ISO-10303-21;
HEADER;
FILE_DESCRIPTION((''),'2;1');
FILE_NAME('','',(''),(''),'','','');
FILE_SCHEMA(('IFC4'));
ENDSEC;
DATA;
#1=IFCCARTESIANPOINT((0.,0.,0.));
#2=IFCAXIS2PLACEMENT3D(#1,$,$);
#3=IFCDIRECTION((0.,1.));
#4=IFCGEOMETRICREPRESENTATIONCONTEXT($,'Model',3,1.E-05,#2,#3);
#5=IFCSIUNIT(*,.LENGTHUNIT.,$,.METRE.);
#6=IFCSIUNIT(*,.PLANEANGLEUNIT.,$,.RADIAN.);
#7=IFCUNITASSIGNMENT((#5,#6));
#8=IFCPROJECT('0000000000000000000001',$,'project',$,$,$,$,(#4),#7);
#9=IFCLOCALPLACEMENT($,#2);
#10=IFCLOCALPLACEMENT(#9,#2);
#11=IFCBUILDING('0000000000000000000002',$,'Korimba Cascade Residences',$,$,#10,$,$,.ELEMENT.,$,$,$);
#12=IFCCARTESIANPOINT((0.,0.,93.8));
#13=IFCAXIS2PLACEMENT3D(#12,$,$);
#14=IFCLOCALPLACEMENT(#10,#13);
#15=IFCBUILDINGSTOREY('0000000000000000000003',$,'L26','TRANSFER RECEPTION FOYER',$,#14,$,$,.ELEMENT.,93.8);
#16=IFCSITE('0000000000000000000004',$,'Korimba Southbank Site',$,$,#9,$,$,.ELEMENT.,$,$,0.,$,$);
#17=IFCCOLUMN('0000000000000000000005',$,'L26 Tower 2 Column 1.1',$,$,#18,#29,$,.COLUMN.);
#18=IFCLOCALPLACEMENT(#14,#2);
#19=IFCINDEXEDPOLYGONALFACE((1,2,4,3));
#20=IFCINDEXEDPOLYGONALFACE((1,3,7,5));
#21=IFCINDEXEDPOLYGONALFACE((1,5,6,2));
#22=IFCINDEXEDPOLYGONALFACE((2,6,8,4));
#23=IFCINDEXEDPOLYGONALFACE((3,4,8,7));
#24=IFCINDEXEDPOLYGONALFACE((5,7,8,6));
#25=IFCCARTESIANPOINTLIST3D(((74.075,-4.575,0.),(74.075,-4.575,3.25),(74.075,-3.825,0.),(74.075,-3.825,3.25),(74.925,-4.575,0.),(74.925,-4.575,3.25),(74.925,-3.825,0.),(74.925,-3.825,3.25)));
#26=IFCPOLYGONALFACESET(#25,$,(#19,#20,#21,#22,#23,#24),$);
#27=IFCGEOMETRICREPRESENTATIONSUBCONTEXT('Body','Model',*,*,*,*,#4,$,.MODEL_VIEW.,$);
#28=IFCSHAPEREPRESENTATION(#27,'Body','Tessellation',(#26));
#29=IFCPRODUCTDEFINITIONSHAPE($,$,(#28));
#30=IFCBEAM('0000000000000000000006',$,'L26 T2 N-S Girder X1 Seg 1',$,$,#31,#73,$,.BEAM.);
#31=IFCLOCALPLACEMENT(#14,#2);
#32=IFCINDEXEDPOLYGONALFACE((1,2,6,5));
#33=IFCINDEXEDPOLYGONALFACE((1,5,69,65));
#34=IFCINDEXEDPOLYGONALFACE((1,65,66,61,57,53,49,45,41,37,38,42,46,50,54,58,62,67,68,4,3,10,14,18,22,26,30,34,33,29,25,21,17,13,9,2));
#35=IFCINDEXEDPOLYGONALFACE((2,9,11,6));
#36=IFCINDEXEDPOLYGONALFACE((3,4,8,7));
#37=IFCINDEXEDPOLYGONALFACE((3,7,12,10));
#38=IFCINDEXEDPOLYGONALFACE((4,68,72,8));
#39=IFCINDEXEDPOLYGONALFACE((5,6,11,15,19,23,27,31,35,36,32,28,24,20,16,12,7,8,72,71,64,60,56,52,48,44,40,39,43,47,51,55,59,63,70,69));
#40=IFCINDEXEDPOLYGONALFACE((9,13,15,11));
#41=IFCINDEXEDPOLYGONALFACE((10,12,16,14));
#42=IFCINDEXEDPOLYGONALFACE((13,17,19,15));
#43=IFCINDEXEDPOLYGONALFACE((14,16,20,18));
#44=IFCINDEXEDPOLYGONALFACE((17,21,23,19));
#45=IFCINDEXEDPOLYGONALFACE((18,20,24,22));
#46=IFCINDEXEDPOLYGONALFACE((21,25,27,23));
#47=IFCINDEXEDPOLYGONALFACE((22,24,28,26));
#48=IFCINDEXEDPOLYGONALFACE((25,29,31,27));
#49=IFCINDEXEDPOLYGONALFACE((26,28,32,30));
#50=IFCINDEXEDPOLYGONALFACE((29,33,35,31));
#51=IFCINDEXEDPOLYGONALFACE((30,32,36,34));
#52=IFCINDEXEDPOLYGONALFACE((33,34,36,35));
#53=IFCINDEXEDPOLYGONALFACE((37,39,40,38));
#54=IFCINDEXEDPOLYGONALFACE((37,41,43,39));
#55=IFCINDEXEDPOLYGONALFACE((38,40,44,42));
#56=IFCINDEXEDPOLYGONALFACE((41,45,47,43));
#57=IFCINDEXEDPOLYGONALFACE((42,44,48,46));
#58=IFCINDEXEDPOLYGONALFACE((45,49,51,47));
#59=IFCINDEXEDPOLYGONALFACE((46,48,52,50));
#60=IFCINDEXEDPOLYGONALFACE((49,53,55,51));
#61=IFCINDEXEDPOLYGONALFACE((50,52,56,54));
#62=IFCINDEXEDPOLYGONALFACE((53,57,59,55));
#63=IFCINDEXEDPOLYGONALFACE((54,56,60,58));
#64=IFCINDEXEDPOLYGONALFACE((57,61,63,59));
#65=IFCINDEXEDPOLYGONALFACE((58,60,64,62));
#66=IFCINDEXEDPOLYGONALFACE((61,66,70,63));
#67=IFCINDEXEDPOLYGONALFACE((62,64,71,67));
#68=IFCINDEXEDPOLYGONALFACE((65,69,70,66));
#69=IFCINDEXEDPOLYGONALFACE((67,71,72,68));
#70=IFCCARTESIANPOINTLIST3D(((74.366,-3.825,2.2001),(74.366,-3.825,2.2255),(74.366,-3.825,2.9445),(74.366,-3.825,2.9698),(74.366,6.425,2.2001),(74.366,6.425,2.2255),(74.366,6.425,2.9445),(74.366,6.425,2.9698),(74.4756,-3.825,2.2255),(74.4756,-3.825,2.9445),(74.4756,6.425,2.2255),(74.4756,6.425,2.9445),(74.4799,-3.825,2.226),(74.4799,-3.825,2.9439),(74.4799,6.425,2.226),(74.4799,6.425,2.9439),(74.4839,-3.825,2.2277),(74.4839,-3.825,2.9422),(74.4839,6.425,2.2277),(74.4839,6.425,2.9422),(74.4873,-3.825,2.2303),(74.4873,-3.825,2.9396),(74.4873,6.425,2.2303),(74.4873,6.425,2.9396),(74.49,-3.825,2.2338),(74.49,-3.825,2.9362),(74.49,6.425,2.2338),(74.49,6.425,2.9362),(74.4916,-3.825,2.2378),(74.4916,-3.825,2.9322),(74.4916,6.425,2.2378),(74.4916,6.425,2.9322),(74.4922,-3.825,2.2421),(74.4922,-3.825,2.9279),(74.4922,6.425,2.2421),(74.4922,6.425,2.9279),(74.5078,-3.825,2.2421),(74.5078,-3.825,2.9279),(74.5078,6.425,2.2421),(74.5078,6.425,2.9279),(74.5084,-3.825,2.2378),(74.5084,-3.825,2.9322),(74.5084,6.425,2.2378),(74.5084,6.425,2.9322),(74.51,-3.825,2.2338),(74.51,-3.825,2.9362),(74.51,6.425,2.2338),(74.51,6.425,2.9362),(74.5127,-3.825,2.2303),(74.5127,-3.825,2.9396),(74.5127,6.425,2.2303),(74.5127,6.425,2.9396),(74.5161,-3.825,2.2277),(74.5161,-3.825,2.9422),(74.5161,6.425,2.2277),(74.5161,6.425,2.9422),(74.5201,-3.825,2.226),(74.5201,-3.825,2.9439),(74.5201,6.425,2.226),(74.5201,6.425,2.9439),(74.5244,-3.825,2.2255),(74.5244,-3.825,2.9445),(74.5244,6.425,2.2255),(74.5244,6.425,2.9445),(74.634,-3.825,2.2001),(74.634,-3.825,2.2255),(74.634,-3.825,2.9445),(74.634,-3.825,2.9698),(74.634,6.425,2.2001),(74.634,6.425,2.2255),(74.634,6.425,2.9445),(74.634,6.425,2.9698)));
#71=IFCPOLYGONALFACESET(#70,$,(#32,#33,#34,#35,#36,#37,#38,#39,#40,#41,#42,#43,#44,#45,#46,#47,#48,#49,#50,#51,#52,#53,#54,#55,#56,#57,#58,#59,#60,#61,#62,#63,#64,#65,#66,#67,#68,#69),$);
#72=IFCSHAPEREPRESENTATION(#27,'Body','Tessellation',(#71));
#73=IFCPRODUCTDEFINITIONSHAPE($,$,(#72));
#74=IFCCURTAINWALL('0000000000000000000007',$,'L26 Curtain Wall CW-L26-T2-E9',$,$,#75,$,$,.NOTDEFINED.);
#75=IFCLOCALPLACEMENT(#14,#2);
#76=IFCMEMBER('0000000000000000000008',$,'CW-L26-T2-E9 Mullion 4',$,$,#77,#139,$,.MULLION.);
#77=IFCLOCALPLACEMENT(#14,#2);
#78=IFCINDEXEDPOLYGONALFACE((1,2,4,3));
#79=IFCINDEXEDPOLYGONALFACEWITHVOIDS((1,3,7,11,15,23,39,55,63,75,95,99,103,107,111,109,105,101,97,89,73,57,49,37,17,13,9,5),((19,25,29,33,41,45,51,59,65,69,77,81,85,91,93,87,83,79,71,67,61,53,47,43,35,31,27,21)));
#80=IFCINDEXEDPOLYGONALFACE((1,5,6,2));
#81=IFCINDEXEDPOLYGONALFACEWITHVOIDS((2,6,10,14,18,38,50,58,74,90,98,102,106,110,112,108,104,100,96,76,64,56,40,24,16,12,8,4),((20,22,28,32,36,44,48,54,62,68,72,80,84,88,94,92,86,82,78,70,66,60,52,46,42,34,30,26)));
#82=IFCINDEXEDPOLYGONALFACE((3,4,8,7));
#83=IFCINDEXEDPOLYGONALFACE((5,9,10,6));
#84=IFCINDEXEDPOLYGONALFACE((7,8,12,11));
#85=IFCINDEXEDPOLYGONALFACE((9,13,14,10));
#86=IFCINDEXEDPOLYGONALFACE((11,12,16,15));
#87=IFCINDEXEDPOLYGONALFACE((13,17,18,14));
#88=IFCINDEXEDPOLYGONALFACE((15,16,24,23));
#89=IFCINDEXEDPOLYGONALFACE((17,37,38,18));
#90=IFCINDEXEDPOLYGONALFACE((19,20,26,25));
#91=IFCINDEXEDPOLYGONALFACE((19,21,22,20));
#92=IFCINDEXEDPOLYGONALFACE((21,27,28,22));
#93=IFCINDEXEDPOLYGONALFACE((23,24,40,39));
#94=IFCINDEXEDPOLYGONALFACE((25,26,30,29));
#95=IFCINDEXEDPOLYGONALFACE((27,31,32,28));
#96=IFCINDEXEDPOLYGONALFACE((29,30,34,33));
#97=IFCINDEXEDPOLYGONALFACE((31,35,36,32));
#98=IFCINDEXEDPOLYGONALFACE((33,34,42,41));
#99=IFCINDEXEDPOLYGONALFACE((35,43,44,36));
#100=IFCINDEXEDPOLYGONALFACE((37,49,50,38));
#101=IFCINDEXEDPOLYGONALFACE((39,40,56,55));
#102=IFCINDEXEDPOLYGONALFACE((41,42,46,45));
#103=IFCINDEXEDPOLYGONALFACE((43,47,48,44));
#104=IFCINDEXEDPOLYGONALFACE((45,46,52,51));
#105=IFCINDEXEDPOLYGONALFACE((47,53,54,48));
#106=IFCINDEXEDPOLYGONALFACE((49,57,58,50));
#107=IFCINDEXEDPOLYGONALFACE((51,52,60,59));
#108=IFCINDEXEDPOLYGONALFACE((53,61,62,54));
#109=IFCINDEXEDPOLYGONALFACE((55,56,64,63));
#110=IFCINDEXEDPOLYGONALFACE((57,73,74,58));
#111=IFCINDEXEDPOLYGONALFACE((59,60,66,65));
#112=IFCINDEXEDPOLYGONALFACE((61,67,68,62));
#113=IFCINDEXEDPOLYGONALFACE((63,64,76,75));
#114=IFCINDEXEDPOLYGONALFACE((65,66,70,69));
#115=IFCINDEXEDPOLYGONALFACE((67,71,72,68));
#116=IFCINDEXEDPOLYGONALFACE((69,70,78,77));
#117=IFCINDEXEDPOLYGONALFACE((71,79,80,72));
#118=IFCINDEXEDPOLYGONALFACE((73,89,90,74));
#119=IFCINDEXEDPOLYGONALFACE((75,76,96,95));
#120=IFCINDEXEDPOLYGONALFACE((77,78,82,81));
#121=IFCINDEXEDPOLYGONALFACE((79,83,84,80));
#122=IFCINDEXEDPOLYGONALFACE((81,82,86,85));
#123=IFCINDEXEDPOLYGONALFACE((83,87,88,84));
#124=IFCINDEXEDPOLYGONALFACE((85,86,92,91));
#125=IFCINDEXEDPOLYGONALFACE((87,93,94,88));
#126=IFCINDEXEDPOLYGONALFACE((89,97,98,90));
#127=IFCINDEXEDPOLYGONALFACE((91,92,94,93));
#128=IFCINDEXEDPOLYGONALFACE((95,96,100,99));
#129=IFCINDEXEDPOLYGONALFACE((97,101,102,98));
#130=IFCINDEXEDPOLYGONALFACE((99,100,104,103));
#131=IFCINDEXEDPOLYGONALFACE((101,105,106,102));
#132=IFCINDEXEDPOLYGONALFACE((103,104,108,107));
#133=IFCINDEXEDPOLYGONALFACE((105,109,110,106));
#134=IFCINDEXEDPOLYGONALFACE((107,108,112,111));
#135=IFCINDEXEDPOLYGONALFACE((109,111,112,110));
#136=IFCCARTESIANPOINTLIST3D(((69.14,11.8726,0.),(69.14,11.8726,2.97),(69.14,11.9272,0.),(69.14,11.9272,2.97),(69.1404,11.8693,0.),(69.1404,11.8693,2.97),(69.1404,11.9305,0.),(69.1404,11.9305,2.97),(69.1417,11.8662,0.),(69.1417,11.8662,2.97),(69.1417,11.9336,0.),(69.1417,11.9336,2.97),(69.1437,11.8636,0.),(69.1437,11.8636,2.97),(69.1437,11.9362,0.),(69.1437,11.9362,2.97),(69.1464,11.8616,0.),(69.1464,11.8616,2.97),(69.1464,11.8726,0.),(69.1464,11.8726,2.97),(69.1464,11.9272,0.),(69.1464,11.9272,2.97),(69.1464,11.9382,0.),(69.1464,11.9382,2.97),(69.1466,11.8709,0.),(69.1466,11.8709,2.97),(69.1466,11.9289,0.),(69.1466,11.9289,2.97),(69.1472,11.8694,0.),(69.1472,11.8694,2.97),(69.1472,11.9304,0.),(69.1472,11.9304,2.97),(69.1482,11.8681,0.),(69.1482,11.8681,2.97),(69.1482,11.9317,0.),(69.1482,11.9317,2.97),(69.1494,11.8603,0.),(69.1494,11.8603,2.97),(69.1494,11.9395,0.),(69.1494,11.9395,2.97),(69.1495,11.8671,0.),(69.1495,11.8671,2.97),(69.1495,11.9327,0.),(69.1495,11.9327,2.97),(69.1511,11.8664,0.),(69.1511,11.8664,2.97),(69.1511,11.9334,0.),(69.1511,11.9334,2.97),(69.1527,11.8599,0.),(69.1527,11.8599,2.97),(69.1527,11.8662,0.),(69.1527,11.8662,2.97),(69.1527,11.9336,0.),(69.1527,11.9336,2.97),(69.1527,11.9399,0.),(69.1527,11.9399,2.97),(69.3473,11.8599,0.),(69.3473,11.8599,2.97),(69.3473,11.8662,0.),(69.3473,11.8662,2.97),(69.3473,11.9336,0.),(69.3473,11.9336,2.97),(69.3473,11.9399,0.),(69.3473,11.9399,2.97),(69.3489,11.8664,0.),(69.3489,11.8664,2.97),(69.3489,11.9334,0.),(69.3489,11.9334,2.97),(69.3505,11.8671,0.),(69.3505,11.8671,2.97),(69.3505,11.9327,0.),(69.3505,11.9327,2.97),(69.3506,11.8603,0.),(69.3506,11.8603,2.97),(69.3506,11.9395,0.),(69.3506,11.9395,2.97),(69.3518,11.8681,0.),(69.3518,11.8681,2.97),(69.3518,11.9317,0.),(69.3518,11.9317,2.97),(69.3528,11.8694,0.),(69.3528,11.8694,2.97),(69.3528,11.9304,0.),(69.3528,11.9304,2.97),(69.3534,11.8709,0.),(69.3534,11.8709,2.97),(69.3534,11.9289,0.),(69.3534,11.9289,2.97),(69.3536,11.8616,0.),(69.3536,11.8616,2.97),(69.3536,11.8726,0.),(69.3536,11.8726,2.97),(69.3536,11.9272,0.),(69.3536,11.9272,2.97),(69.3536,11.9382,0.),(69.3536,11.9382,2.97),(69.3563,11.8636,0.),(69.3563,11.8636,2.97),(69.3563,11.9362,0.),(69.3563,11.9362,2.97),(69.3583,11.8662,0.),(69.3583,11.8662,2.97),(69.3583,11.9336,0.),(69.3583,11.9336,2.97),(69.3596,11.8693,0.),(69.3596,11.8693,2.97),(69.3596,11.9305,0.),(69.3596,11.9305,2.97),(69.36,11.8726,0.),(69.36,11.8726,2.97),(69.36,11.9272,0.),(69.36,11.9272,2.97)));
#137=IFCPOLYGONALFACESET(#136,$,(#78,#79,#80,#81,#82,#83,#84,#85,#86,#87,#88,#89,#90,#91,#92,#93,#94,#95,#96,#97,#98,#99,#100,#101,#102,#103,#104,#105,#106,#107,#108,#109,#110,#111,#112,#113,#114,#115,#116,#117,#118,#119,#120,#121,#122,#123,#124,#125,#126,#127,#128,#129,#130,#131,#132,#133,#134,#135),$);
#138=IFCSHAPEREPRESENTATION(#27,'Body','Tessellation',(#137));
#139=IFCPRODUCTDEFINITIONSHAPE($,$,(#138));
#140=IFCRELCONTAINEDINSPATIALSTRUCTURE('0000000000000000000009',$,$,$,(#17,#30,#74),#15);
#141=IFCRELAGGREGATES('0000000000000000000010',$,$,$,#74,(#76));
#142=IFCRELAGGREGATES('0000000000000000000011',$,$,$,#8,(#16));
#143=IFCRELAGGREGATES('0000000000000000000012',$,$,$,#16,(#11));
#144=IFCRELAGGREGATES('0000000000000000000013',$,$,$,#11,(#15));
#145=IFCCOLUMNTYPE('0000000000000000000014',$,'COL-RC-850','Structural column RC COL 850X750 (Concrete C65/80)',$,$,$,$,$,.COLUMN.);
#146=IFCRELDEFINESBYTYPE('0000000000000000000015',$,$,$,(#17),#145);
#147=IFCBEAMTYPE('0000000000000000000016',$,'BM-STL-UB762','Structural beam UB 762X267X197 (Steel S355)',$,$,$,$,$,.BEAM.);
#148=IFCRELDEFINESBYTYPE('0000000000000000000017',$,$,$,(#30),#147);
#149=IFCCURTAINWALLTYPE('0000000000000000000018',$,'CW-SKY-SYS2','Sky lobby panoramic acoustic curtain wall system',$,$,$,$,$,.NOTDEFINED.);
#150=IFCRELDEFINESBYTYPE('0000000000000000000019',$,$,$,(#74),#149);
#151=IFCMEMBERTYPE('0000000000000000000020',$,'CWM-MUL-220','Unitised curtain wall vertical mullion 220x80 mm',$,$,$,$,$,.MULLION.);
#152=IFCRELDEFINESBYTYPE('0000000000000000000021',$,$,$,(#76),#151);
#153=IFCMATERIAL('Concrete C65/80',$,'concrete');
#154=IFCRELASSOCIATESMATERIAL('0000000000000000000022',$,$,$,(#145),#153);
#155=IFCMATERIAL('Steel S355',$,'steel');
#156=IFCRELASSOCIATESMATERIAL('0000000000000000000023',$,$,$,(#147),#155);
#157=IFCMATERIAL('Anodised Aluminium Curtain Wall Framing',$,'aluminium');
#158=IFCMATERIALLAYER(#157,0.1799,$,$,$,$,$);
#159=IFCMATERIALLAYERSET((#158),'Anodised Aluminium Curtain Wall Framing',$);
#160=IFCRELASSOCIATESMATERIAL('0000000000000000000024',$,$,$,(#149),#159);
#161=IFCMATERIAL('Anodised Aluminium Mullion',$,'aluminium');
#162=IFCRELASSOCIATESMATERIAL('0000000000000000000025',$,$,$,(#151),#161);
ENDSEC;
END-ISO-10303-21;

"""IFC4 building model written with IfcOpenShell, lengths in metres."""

from ifc_helpers import new_model, si_unit, direction, frame, origin, origin_2d, place, context, subcontext, project, spatial, rectangle, hollow_rectangle, i_section, extrude, material, layer, layer_set, material_profile, profile_set, type_object, element, aggregate, save


model = new_model("IFC4")

# Units and contexts
model_context = context("Model", 3, precision=1e-05, world=origin(), true_north=direction((0.0, 1.0)))
body_context = subcontext(model_context, "Body", "Model", "MODEL_VIEW")
ifc_project = project(units=[si_unit("LENGTHUNIT", "METRE"), si_unit("PLANEANGLEUNIT", "RADIAN")], contexts=[model_context])

# Site, building, storey
site_placement = place(None, origin())
site = spatial("IfcSite", under=ifc_project, at=site_placement, Name="Korimba Southbank Site", CompositionType="ELEMENT", RefElevation=0.0)
building_placement = place(site_placement, origin())
building = spatial("IfcBuilding", under=site, at=building_placement, Name="Korimba Cascade Residences", CompositionType="ELEMENT")
storey_placement = place(building_placement, frame((0.0, 0.0, 93.8)))
storey = spatial("IfcBuildingStorey", under=building, at=storey_placement, Name="L26", Description="TRANSFER RECEPTION FOYER", CompositionType="ELEMENT", Elevation=93.8)

# Column
ifc_material_1 = material(Name="Concrete C65/80", Category="concrete")
ifc_material_profile_1 = material_profile(ifc_material_1, rectangle(XDim=0.8501, YDim=0.75, at=origin_2d()), Name="Concrete C65/80")
ifc_profile_set_1 = profile_set([ifc_material_profile_1], Name="Concrete C65/80")
column_type = type_object("IfcColumnType", Name="COL-RC-850", Description="Structural column RC COL 850X750 (Concrete C65/80)", PredefinedType="COLUMN", material=ifc_profile_set_1)
column_placement = place(storey_placement, frame((74.5, -4.2, 0.0), z_axis=(0.0, 0.0, 1.0), x_axis=(1.0, 0.0, 0.0)))
element("IfcColumn", 1, at=column_placement, inside=storey, type_object=column_type, Name="L26 Tower 2 Column 1.1", PredefinedType="COLUMN", context=body_context, shape_type="SweptSolid", body=[
    extrude(rectangle(XDim=0.8501, YDim=0.75, at=origin_2d()), origin(), (0.0, 0.0, 1.0), 3.25),
])

# Beam
ifc_material_2 = material(Name="Steel S355", Category="steel")
ifc_material_profile_2 = material_profile(ifc_material_2, i_section(OverallWidth=0.2681, OverallDepth=0.7698, WebThickness=0.0156, FlangeThickness=0.0254, FilletRadius=0.0166, at=origin_2d()), Name="Steel S355")
ifc_profile_set_2 = profile_set([ifc_material_profile_2], Name="Steel S355")
beam_type = type_object("IfcBeamType", Name="BM-STL-UB762", Description="Structural beam UB 762X267X197 (Steel S355)", PredefinedType="BEAM", material=ifc_profile_set_2)
beam_placement = place(storey_placement, frame((74.5, -3.825, 2.585), z_axis=(0.0, 1.0, 0.0), x_axis=(-1.0, 0.0, 0.0)))
element("IfcBeam", 2, at=beam_placement, inside=storey, type_object=beam_type, Name="L26 T2 N-S Girder X1 Seg 1", PredefinedType="BEAM", context=body_context, shape_type="SweptSolid", body=[
    extrude(i_section(OverallWidth=0.2681, OverallDepth=0.7698, WebThickness=0.0156, FlangeThickness=0.0254, FilletRadius=0.0166, at=origin_2d()), origin(), (0.0, 0.0, 1.0), 10.25),
])

# Curtain wall, member
ifc_material_3 = material(Name="Anodised Aluminium Curtain Wall Framing", Category="aluminium")
ifc_layer_1 = layer(ifc_material_3, 0.1799)
ifc_layer_set_1 = layer_set([ifc_layer_1], Name="Anodised Aluminium Curtain Wall Framing")
curtain_wall_type = type_object("IfcCurtainWallType", Name="CW-SKY-SYS2", Description="Sky lobby panoramic acoustic curtain wall system", PredefinedType="NOTDEFINED", material=ifc_layer_set_1)
curtain_wall_placement = place(storey_placement, origin())
curtain_wall = element("IfcCurtainWall", 3, at=curtain_wall_placement, inside=storey, type_object=curtain_wall_type, Name="L26 Curtain Wall CW-L26-T2-E9", PredefinedType="NOTDEFINED")
ifc_material_4 = material(Name="Anodised Aluminium Mullion", Category="aluminium")
ifc_material_profile_3 = material_profile(ifc_material_4, hollow_rectangle(XDim=0.0801, YDim=0.22, WallThickness=0.0063, InnerFilletRadius=0.0063, OuterFilletRadius=0.0127, at=origin_2d()), Name="Anodised Aluminium Mullion")
ifc_profile_set_3 = profile_set([ifc_material_profile_3], Name="Anodised Aluminium Mullion")
member_type_1 = type_object("IfcMemberType", Name="CWM-MUL-220", Description="Unitised curtain wall vertical mullion 220x80 mm", PredefinedType="MULLION", material=ifc_profile_set_3)
member_1_placement = place(storey_placement, frame((69.25, 11.8999, 0.0), z_axis=(0.0, 0.0, 1.0), x_axis=(0.0, -1.0, 0.0)))
member_1 = element("IfcMember", 4, at=member_1_placement, type_object=member_type_1, Name="CW-L26-T2-E9 Mullion 4", PredefinedType="MULLION", context=body_context, shape_type="SweptSolid", body=[
    extrude(hollow_rectangle(XDim=0.0801, YDim=0.22, WallThickness=0.0063, InnerFilletRadius=0.0063, OuterFilletRadius=0.0127, at=origin_2d()), origin(), (0.0, 0.0, 1.0), 2.97),
])
aggregate(curtain_wall, [member_1])

save(model, "model.ifc")
